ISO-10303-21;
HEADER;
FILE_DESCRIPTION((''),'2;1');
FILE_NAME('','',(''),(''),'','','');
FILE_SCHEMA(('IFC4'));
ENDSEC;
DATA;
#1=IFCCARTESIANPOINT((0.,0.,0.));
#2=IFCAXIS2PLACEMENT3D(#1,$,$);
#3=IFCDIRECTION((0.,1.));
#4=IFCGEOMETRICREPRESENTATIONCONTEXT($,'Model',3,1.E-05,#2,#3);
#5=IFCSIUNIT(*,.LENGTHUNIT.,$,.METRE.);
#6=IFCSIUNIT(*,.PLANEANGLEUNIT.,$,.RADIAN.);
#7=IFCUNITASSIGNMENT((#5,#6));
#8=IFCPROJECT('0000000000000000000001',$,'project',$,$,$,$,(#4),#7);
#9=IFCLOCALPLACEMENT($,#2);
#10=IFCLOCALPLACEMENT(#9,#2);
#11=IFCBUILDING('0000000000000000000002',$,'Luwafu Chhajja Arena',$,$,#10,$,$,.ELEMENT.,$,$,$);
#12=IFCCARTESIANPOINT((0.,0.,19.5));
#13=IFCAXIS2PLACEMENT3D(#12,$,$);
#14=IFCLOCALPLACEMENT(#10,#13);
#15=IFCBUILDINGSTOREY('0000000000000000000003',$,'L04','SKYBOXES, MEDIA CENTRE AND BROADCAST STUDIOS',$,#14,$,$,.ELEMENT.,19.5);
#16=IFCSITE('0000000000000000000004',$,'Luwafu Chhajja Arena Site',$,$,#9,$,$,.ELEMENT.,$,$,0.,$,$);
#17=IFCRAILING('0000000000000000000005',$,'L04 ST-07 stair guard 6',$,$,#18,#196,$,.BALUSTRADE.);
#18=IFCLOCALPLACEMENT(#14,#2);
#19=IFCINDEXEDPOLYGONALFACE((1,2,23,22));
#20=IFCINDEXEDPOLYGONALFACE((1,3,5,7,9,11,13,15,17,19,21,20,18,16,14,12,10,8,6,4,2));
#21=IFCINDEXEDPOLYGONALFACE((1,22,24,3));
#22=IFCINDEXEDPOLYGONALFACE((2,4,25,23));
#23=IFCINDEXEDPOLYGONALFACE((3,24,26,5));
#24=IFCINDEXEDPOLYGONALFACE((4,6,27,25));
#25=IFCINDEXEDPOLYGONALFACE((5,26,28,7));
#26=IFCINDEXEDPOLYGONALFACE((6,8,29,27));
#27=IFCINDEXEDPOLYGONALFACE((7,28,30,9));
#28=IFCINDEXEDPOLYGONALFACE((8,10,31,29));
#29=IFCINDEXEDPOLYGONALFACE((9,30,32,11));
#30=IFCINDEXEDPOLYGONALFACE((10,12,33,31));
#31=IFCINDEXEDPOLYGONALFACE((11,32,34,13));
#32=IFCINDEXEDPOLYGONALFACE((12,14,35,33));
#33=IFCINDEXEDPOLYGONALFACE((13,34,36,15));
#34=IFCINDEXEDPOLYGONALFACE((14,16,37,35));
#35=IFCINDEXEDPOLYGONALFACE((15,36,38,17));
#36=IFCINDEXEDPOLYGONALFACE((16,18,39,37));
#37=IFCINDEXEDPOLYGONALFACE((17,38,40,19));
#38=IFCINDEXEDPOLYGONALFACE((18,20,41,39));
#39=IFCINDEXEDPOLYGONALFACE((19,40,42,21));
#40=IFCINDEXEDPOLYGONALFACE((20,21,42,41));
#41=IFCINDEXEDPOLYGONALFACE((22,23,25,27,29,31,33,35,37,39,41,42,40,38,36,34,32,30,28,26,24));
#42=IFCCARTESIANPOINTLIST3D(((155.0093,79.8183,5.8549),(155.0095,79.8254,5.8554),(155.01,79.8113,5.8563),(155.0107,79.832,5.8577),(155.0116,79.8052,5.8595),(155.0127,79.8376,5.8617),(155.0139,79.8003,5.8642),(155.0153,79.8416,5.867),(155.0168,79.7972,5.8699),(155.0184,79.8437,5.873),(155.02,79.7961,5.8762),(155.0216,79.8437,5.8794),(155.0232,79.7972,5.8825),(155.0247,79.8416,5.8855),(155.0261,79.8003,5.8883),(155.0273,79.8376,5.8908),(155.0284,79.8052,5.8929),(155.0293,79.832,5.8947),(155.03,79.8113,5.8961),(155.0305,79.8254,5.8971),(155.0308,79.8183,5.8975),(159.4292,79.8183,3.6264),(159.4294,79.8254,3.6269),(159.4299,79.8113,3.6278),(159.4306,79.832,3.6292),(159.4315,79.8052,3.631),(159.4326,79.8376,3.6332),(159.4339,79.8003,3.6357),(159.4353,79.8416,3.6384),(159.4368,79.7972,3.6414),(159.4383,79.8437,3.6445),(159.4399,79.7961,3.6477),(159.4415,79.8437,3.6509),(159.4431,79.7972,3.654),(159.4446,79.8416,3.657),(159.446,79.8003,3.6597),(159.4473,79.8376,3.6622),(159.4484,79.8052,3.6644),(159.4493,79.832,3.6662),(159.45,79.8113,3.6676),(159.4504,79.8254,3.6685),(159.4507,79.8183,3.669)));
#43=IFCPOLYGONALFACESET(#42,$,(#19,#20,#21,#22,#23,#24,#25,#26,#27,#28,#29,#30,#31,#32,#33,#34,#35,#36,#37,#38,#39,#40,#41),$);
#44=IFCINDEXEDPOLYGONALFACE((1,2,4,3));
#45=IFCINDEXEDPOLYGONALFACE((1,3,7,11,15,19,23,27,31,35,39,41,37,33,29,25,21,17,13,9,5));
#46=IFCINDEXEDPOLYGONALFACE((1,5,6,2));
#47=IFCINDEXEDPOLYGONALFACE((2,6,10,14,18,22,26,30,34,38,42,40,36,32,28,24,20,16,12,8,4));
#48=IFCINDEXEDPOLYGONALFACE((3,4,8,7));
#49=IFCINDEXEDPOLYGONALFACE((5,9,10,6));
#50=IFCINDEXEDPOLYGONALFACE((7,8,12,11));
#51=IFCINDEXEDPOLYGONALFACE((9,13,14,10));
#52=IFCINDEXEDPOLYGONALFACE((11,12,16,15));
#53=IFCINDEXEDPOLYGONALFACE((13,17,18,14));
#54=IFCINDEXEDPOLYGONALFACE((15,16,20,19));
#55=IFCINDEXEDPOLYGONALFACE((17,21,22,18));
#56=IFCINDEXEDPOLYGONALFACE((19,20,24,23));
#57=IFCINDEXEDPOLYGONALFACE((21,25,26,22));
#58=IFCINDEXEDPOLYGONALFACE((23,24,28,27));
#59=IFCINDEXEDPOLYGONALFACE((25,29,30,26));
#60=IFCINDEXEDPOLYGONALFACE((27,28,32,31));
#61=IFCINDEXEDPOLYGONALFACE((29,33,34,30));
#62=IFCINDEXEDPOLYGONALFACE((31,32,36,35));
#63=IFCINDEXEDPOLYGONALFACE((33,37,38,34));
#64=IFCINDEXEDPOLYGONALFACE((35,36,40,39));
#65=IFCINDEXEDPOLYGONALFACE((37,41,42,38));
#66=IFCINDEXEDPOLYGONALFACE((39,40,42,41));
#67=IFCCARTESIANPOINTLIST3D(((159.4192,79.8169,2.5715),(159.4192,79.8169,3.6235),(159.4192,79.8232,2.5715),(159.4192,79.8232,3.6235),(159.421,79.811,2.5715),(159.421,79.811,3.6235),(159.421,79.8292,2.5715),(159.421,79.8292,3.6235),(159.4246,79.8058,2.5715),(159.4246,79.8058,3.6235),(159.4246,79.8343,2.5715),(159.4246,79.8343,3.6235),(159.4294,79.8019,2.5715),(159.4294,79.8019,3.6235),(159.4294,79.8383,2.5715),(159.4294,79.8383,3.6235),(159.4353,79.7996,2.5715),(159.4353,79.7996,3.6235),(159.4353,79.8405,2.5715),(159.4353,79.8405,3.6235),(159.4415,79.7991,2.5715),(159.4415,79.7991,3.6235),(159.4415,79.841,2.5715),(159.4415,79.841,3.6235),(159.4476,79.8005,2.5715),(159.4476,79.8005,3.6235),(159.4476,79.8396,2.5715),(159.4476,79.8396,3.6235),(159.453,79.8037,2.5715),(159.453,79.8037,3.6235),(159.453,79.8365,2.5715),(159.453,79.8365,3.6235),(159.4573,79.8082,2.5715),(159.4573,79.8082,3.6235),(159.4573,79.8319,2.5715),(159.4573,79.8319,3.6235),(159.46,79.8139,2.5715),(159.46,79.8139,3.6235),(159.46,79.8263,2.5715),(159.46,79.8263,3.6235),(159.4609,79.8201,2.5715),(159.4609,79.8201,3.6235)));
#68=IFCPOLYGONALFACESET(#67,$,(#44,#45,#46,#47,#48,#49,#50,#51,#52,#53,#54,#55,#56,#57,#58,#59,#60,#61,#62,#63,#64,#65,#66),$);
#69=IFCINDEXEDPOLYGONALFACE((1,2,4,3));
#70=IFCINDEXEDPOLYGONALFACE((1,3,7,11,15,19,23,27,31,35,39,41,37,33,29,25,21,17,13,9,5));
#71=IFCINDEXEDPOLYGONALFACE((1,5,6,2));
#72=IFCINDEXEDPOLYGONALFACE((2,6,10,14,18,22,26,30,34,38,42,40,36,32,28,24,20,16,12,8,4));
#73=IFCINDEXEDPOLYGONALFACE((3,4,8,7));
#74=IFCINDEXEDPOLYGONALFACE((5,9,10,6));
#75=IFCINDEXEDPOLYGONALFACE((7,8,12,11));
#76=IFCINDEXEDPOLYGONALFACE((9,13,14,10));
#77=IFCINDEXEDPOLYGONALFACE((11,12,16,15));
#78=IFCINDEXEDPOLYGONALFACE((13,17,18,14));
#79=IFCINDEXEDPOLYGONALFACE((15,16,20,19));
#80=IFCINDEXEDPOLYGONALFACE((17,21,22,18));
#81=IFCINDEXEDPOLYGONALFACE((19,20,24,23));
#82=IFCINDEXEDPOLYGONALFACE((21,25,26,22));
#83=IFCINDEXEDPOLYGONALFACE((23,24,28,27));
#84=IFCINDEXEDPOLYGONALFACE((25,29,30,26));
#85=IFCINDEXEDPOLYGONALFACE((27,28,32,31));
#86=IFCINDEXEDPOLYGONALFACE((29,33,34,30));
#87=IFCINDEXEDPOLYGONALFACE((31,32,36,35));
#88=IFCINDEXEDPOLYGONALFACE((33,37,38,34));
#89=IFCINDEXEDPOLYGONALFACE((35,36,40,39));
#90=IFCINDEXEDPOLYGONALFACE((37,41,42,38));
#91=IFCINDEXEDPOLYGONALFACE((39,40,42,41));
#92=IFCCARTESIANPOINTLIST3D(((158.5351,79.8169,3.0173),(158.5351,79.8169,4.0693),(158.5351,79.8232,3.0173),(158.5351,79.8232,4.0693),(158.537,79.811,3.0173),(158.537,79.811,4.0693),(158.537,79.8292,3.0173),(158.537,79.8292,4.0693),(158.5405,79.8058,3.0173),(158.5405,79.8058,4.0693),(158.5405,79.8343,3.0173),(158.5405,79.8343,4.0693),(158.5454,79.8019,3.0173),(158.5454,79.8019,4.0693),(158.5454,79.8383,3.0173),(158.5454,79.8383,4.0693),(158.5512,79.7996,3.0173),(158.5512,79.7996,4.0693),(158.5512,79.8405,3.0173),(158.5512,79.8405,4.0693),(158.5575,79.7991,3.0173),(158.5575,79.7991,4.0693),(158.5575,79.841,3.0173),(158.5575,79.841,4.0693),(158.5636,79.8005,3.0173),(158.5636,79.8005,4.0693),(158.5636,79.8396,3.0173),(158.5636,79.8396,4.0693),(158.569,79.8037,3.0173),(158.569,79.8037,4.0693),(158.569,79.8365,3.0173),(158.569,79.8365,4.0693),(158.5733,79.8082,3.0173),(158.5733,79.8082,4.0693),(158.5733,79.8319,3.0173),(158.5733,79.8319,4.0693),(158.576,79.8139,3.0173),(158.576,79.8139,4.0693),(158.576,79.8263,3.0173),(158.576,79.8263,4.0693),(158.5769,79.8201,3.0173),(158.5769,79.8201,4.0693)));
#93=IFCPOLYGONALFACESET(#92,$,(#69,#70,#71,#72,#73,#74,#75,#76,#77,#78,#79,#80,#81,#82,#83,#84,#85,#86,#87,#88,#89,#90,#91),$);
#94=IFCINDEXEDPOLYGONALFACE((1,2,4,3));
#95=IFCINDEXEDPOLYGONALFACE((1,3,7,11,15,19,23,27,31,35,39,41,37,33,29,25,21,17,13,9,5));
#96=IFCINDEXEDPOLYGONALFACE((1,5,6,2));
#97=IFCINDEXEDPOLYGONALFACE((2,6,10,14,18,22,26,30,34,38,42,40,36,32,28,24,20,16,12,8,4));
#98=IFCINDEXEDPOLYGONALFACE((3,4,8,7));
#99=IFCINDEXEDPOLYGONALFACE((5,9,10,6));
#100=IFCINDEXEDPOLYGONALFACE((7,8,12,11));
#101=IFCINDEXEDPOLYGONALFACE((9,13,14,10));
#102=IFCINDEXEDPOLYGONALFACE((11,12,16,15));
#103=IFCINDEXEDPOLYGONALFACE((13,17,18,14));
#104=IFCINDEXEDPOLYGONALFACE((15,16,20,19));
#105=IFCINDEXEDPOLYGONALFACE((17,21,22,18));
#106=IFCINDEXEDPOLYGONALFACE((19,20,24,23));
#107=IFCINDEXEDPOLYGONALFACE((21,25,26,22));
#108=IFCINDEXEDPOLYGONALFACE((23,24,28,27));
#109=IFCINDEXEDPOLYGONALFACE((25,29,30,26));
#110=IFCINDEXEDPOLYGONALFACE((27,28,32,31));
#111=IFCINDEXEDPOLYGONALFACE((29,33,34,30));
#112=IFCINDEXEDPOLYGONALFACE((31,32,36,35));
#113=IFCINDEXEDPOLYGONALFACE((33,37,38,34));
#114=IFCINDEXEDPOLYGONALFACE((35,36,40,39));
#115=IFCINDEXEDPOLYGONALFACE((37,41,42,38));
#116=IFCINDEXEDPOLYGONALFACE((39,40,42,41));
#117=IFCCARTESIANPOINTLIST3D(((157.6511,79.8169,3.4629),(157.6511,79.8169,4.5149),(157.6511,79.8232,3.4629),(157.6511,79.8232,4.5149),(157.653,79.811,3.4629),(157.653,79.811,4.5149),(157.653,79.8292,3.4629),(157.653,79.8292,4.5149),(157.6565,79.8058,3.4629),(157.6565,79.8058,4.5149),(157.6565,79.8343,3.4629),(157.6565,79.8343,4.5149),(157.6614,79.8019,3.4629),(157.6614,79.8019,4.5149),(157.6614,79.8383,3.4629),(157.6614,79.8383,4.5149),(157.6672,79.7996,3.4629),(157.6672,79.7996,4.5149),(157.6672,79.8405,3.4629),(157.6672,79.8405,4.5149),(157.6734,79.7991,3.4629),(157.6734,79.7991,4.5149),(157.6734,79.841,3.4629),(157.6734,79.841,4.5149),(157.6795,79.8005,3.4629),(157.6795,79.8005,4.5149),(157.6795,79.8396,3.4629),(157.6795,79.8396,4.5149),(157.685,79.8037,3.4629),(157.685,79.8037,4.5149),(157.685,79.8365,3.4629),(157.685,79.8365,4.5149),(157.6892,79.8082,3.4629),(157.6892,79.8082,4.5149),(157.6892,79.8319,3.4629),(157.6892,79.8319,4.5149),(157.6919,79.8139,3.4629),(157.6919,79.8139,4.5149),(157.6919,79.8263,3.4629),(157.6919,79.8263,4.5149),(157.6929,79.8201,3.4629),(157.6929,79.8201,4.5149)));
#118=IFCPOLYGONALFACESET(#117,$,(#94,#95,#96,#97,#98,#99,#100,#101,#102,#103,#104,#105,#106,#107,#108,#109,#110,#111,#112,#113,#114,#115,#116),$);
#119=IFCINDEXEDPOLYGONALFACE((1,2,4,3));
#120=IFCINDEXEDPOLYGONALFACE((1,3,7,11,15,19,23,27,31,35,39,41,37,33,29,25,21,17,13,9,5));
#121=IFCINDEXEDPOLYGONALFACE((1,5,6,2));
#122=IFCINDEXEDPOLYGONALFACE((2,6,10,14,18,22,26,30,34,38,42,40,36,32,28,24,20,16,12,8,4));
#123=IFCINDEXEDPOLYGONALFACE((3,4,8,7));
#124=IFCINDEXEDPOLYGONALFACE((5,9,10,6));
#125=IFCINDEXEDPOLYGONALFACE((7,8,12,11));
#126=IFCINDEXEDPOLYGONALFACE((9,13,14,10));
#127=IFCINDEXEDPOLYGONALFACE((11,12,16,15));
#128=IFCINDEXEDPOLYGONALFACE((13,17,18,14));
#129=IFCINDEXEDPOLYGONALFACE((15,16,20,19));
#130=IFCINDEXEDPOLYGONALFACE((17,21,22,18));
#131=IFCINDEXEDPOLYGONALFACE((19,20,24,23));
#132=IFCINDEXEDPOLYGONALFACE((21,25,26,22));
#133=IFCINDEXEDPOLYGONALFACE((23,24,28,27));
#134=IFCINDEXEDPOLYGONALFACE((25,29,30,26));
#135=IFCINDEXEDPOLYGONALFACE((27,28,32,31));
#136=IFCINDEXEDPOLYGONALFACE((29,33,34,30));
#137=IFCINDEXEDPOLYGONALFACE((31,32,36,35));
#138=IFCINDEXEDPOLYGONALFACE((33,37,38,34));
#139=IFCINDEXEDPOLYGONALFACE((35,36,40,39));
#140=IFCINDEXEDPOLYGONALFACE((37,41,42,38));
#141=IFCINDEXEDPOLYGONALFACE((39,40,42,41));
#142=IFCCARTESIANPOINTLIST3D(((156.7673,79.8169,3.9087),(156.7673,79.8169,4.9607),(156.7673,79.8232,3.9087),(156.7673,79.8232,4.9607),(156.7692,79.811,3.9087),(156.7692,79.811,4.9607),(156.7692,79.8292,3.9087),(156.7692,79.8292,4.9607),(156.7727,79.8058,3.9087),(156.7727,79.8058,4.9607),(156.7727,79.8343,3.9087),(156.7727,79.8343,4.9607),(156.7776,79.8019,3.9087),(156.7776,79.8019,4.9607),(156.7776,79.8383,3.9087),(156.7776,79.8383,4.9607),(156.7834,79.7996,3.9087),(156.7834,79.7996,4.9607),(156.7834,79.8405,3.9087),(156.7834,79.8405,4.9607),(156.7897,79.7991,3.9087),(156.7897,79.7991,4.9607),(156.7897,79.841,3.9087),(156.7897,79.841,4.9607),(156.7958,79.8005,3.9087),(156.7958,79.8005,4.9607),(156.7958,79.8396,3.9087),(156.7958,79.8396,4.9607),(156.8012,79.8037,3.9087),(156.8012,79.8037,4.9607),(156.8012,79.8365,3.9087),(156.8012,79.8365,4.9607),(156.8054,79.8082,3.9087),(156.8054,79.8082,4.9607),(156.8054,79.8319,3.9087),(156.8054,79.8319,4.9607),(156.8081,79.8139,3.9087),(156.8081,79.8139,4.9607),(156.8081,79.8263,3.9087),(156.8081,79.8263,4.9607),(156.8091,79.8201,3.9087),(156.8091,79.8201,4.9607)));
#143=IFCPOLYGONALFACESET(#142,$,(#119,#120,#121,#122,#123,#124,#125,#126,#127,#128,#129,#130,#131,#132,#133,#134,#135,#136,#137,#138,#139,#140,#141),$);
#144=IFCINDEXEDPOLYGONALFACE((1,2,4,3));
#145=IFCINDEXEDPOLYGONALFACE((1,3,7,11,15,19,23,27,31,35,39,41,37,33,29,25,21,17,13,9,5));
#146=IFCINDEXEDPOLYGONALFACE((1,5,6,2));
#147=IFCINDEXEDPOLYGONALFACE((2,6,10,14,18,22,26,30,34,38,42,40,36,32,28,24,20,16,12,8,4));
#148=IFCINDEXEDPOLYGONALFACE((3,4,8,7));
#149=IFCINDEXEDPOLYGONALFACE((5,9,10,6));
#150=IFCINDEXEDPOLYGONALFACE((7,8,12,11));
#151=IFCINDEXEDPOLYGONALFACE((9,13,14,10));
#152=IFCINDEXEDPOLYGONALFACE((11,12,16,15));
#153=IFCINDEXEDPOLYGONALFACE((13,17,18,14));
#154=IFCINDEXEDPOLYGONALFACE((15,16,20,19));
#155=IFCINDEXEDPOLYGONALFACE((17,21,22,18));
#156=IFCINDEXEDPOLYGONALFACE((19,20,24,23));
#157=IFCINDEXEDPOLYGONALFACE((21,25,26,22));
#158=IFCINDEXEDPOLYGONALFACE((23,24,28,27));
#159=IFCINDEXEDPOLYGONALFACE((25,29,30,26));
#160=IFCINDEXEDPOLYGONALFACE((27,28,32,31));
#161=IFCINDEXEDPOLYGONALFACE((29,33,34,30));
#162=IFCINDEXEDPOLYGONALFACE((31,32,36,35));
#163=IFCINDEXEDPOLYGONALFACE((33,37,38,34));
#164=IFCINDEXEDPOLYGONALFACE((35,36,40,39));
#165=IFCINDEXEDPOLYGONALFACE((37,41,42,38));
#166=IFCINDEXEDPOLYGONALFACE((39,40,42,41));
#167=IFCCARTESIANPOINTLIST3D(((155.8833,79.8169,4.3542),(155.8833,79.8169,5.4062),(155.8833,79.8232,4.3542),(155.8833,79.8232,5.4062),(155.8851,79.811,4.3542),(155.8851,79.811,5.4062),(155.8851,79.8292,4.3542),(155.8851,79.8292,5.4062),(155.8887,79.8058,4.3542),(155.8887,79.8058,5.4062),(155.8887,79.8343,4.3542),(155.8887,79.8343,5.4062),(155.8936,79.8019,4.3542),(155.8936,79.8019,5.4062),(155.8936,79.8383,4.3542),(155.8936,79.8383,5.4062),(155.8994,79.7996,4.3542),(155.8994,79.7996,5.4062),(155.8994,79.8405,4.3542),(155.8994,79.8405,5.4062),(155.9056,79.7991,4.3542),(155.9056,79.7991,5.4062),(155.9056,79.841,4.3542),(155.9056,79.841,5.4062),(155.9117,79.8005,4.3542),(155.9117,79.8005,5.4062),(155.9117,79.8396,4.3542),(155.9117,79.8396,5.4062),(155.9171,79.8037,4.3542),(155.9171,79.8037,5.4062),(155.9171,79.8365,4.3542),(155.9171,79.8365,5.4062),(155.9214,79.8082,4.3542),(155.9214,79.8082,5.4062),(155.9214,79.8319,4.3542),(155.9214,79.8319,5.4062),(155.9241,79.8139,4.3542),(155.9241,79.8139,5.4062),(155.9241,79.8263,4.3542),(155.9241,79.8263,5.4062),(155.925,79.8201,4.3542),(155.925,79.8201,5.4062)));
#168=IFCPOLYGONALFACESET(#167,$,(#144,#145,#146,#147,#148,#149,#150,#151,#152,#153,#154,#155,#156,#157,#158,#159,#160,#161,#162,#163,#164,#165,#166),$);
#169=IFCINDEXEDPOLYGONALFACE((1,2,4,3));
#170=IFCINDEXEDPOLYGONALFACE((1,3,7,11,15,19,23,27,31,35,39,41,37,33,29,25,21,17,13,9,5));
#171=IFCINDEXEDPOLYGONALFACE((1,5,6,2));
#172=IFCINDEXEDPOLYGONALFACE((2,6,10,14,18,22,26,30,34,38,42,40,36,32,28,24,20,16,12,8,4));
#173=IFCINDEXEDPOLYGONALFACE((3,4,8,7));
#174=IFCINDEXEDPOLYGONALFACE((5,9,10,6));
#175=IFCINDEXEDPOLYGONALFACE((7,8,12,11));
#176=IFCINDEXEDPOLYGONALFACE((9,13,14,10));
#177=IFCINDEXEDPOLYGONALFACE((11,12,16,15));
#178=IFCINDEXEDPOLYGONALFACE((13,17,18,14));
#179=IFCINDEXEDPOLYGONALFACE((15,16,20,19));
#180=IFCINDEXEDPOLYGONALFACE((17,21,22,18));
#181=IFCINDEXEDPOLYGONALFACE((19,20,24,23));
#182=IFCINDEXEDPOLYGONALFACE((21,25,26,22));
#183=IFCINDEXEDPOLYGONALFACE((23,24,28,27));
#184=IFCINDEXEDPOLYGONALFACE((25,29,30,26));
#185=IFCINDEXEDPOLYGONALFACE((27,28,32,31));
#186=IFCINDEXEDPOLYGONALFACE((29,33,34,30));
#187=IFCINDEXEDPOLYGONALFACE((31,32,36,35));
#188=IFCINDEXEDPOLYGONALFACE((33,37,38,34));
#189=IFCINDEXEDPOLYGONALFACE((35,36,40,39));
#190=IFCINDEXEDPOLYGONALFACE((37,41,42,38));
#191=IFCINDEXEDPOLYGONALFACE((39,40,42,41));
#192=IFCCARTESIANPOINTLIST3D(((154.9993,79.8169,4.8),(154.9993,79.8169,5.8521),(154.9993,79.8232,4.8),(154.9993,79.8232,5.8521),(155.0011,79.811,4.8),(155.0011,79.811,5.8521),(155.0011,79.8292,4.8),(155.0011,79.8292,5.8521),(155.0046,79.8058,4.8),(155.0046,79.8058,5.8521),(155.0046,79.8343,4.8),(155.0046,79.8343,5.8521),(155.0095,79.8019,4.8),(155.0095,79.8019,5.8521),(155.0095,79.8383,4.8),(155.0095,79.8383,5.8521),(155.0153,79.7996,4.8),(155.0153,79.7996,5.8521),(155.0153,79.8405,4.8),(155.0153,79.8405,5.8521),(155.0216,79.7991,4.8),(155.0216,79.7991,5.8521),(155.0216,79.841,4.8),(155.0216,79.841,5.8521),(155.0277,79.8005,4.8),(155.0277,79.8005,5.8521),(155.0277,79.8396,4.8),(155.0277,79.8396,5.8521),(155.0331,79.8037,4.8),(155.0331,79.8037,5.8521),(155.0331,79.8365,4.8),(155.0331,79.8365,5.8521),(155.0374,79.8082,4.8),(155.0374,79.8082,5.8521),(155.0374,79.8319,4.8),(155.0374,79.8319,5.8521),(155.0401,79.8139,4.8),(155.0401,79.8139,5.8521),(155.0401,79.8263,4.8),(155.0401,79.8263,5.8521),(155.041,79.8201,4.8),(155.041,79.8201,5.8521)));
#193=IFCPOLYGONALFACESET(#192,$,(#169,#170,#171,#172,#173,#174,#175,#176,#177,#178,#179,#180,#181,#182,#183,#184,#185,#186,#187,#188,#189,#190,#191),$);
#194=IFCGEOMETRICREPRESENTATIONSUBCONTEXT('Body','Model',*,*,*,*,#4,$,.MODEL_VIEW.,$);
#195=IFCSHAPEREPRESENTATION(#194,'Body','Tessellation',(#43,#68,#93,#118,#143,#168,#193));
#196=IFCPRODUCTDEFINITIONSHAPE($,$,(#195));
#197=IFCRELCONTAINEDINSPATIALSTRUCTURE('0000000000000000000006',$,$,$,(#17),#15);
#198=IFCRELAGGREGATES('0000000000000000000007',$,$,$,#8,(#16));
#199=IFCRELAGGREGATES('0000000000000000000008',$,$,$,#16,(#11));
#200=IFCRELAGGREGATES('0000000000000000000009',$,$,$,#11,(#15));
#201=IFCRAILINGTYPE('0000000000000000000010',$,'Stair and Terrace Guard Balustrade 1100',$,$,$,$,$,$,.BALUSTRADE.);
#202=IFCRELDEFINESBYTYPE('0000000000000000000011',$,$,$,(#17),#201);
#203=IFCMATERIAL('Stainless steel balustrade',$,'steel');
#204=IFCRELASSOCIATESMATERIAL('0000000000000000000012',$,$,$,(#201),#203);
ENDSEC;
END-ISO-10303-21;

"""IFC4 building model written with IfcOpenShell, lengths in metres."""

from ifc_helpers import new_model, si_unit, direction, frame, origin, origin_2d, place, context, subcontext, project, spatial, circle, extrude, material, type_object, element, save


model = new_model("IFC4")

# Units and contexts
model_context = context("Model", 3, precision=1e-05, world=origin(), true_north=direction((0.0, 1.0)))
body_context = subcontext(model_context, "Body", "Model", "MODEL_VIEW")
ifc_project = project(units=[si_unit("LENGTHUNIT", "METRE"), si_unit("PLANEANGLEUNIT", "RADIAN")], contexts=[model_context])

# Site, building, storey
site_placement = place(None, origin())
site = spatial("IfcSite", under=ifc_project, at=site_placement, Name="Luwafu Chhajja Arena Site", CompositionType="ELEMENT", RefElevation=0.0)
building_placement = place(site_placement, origin())
building = spatial("IfcBuilding", under=site, at=building_placement, Name="Luwafu Chhajja Arena", CompositionType="ELEMENT")
storey_placement = place(building_placement, frame((0.0, 0.0, 19.5)))
storey = spatial("IfcBuildingStorey", under=building, at=storey_placement, Name="L04", Description="SKYBOXES, MEDIA CENTRE AND BROADCAST STUDIOS", CompositionType="ELEMENT", Elevation=19.5)

# Railing
ifc_material_1 = material(Name="Stainless steel balustrade", Category="steel")
railing_type_1 = type_object("IfcRailingType", Name="Stair and Terrace Guard Balustrade 1100", PredefinedType="BALUSTRADE", material=ifc_material_1)
railing_1_placement = place(storey_placement, frame((159.4399, 79.8201, 2.5715)))
element("IfcRailing", 1, at=railing_1_placement, inside=storey, type_object=railing_type_1, Name="L04 ST-07 stair guard 6", PredefinedType="BALUSTRADE", context=body_context, shape_type="SweptSolid", body=[
    extrude(circle(Radius=0.0239, at=origin_2d()), frame((0.0, 0.0, 1.0762), z_axis=(-0.892923, 0.0, 0.45021), x_axis=(0.0, -1.0, 0.0)), (0.0, 0.0, 1.0), 4.95),
    extrude(circle(Radius=0.021, at=origin_2d()), origin(), (0.0, 0.0, 1.0), 1.052),
    extrude(circle(Radius=0.021, at=origin_2d()), frame((-0.884, 0.0, 0.4458)), (0.0, 0.0, 1.0), 1.052),
    extrude(circle(Radius=0.021, at=origin_2d()), frame((-1.7681, 0.0, 0.8914)), (0.0, 0.0, 1.0), 1.052),
    extrude(circle(Radius=0.021, at=origin_2d()), frame((-2.6519, 0.0, 1.3372)), (0.0, 0.0, 1.0), 1.052),
    extrude(circle(Radius=0.021, at=origin_2d()), frame((-3.5359, 0.0, 1.7827)), (0.0, 0.0, 1.0), 1.052),
    extrude(circle(Radius=0.021, at=origin_2d()), frame((-4.4199, 0.0, 2.2285)), (0.0, 0.0, 1.0), 1.052),
])

save(model, "model.ifc")
